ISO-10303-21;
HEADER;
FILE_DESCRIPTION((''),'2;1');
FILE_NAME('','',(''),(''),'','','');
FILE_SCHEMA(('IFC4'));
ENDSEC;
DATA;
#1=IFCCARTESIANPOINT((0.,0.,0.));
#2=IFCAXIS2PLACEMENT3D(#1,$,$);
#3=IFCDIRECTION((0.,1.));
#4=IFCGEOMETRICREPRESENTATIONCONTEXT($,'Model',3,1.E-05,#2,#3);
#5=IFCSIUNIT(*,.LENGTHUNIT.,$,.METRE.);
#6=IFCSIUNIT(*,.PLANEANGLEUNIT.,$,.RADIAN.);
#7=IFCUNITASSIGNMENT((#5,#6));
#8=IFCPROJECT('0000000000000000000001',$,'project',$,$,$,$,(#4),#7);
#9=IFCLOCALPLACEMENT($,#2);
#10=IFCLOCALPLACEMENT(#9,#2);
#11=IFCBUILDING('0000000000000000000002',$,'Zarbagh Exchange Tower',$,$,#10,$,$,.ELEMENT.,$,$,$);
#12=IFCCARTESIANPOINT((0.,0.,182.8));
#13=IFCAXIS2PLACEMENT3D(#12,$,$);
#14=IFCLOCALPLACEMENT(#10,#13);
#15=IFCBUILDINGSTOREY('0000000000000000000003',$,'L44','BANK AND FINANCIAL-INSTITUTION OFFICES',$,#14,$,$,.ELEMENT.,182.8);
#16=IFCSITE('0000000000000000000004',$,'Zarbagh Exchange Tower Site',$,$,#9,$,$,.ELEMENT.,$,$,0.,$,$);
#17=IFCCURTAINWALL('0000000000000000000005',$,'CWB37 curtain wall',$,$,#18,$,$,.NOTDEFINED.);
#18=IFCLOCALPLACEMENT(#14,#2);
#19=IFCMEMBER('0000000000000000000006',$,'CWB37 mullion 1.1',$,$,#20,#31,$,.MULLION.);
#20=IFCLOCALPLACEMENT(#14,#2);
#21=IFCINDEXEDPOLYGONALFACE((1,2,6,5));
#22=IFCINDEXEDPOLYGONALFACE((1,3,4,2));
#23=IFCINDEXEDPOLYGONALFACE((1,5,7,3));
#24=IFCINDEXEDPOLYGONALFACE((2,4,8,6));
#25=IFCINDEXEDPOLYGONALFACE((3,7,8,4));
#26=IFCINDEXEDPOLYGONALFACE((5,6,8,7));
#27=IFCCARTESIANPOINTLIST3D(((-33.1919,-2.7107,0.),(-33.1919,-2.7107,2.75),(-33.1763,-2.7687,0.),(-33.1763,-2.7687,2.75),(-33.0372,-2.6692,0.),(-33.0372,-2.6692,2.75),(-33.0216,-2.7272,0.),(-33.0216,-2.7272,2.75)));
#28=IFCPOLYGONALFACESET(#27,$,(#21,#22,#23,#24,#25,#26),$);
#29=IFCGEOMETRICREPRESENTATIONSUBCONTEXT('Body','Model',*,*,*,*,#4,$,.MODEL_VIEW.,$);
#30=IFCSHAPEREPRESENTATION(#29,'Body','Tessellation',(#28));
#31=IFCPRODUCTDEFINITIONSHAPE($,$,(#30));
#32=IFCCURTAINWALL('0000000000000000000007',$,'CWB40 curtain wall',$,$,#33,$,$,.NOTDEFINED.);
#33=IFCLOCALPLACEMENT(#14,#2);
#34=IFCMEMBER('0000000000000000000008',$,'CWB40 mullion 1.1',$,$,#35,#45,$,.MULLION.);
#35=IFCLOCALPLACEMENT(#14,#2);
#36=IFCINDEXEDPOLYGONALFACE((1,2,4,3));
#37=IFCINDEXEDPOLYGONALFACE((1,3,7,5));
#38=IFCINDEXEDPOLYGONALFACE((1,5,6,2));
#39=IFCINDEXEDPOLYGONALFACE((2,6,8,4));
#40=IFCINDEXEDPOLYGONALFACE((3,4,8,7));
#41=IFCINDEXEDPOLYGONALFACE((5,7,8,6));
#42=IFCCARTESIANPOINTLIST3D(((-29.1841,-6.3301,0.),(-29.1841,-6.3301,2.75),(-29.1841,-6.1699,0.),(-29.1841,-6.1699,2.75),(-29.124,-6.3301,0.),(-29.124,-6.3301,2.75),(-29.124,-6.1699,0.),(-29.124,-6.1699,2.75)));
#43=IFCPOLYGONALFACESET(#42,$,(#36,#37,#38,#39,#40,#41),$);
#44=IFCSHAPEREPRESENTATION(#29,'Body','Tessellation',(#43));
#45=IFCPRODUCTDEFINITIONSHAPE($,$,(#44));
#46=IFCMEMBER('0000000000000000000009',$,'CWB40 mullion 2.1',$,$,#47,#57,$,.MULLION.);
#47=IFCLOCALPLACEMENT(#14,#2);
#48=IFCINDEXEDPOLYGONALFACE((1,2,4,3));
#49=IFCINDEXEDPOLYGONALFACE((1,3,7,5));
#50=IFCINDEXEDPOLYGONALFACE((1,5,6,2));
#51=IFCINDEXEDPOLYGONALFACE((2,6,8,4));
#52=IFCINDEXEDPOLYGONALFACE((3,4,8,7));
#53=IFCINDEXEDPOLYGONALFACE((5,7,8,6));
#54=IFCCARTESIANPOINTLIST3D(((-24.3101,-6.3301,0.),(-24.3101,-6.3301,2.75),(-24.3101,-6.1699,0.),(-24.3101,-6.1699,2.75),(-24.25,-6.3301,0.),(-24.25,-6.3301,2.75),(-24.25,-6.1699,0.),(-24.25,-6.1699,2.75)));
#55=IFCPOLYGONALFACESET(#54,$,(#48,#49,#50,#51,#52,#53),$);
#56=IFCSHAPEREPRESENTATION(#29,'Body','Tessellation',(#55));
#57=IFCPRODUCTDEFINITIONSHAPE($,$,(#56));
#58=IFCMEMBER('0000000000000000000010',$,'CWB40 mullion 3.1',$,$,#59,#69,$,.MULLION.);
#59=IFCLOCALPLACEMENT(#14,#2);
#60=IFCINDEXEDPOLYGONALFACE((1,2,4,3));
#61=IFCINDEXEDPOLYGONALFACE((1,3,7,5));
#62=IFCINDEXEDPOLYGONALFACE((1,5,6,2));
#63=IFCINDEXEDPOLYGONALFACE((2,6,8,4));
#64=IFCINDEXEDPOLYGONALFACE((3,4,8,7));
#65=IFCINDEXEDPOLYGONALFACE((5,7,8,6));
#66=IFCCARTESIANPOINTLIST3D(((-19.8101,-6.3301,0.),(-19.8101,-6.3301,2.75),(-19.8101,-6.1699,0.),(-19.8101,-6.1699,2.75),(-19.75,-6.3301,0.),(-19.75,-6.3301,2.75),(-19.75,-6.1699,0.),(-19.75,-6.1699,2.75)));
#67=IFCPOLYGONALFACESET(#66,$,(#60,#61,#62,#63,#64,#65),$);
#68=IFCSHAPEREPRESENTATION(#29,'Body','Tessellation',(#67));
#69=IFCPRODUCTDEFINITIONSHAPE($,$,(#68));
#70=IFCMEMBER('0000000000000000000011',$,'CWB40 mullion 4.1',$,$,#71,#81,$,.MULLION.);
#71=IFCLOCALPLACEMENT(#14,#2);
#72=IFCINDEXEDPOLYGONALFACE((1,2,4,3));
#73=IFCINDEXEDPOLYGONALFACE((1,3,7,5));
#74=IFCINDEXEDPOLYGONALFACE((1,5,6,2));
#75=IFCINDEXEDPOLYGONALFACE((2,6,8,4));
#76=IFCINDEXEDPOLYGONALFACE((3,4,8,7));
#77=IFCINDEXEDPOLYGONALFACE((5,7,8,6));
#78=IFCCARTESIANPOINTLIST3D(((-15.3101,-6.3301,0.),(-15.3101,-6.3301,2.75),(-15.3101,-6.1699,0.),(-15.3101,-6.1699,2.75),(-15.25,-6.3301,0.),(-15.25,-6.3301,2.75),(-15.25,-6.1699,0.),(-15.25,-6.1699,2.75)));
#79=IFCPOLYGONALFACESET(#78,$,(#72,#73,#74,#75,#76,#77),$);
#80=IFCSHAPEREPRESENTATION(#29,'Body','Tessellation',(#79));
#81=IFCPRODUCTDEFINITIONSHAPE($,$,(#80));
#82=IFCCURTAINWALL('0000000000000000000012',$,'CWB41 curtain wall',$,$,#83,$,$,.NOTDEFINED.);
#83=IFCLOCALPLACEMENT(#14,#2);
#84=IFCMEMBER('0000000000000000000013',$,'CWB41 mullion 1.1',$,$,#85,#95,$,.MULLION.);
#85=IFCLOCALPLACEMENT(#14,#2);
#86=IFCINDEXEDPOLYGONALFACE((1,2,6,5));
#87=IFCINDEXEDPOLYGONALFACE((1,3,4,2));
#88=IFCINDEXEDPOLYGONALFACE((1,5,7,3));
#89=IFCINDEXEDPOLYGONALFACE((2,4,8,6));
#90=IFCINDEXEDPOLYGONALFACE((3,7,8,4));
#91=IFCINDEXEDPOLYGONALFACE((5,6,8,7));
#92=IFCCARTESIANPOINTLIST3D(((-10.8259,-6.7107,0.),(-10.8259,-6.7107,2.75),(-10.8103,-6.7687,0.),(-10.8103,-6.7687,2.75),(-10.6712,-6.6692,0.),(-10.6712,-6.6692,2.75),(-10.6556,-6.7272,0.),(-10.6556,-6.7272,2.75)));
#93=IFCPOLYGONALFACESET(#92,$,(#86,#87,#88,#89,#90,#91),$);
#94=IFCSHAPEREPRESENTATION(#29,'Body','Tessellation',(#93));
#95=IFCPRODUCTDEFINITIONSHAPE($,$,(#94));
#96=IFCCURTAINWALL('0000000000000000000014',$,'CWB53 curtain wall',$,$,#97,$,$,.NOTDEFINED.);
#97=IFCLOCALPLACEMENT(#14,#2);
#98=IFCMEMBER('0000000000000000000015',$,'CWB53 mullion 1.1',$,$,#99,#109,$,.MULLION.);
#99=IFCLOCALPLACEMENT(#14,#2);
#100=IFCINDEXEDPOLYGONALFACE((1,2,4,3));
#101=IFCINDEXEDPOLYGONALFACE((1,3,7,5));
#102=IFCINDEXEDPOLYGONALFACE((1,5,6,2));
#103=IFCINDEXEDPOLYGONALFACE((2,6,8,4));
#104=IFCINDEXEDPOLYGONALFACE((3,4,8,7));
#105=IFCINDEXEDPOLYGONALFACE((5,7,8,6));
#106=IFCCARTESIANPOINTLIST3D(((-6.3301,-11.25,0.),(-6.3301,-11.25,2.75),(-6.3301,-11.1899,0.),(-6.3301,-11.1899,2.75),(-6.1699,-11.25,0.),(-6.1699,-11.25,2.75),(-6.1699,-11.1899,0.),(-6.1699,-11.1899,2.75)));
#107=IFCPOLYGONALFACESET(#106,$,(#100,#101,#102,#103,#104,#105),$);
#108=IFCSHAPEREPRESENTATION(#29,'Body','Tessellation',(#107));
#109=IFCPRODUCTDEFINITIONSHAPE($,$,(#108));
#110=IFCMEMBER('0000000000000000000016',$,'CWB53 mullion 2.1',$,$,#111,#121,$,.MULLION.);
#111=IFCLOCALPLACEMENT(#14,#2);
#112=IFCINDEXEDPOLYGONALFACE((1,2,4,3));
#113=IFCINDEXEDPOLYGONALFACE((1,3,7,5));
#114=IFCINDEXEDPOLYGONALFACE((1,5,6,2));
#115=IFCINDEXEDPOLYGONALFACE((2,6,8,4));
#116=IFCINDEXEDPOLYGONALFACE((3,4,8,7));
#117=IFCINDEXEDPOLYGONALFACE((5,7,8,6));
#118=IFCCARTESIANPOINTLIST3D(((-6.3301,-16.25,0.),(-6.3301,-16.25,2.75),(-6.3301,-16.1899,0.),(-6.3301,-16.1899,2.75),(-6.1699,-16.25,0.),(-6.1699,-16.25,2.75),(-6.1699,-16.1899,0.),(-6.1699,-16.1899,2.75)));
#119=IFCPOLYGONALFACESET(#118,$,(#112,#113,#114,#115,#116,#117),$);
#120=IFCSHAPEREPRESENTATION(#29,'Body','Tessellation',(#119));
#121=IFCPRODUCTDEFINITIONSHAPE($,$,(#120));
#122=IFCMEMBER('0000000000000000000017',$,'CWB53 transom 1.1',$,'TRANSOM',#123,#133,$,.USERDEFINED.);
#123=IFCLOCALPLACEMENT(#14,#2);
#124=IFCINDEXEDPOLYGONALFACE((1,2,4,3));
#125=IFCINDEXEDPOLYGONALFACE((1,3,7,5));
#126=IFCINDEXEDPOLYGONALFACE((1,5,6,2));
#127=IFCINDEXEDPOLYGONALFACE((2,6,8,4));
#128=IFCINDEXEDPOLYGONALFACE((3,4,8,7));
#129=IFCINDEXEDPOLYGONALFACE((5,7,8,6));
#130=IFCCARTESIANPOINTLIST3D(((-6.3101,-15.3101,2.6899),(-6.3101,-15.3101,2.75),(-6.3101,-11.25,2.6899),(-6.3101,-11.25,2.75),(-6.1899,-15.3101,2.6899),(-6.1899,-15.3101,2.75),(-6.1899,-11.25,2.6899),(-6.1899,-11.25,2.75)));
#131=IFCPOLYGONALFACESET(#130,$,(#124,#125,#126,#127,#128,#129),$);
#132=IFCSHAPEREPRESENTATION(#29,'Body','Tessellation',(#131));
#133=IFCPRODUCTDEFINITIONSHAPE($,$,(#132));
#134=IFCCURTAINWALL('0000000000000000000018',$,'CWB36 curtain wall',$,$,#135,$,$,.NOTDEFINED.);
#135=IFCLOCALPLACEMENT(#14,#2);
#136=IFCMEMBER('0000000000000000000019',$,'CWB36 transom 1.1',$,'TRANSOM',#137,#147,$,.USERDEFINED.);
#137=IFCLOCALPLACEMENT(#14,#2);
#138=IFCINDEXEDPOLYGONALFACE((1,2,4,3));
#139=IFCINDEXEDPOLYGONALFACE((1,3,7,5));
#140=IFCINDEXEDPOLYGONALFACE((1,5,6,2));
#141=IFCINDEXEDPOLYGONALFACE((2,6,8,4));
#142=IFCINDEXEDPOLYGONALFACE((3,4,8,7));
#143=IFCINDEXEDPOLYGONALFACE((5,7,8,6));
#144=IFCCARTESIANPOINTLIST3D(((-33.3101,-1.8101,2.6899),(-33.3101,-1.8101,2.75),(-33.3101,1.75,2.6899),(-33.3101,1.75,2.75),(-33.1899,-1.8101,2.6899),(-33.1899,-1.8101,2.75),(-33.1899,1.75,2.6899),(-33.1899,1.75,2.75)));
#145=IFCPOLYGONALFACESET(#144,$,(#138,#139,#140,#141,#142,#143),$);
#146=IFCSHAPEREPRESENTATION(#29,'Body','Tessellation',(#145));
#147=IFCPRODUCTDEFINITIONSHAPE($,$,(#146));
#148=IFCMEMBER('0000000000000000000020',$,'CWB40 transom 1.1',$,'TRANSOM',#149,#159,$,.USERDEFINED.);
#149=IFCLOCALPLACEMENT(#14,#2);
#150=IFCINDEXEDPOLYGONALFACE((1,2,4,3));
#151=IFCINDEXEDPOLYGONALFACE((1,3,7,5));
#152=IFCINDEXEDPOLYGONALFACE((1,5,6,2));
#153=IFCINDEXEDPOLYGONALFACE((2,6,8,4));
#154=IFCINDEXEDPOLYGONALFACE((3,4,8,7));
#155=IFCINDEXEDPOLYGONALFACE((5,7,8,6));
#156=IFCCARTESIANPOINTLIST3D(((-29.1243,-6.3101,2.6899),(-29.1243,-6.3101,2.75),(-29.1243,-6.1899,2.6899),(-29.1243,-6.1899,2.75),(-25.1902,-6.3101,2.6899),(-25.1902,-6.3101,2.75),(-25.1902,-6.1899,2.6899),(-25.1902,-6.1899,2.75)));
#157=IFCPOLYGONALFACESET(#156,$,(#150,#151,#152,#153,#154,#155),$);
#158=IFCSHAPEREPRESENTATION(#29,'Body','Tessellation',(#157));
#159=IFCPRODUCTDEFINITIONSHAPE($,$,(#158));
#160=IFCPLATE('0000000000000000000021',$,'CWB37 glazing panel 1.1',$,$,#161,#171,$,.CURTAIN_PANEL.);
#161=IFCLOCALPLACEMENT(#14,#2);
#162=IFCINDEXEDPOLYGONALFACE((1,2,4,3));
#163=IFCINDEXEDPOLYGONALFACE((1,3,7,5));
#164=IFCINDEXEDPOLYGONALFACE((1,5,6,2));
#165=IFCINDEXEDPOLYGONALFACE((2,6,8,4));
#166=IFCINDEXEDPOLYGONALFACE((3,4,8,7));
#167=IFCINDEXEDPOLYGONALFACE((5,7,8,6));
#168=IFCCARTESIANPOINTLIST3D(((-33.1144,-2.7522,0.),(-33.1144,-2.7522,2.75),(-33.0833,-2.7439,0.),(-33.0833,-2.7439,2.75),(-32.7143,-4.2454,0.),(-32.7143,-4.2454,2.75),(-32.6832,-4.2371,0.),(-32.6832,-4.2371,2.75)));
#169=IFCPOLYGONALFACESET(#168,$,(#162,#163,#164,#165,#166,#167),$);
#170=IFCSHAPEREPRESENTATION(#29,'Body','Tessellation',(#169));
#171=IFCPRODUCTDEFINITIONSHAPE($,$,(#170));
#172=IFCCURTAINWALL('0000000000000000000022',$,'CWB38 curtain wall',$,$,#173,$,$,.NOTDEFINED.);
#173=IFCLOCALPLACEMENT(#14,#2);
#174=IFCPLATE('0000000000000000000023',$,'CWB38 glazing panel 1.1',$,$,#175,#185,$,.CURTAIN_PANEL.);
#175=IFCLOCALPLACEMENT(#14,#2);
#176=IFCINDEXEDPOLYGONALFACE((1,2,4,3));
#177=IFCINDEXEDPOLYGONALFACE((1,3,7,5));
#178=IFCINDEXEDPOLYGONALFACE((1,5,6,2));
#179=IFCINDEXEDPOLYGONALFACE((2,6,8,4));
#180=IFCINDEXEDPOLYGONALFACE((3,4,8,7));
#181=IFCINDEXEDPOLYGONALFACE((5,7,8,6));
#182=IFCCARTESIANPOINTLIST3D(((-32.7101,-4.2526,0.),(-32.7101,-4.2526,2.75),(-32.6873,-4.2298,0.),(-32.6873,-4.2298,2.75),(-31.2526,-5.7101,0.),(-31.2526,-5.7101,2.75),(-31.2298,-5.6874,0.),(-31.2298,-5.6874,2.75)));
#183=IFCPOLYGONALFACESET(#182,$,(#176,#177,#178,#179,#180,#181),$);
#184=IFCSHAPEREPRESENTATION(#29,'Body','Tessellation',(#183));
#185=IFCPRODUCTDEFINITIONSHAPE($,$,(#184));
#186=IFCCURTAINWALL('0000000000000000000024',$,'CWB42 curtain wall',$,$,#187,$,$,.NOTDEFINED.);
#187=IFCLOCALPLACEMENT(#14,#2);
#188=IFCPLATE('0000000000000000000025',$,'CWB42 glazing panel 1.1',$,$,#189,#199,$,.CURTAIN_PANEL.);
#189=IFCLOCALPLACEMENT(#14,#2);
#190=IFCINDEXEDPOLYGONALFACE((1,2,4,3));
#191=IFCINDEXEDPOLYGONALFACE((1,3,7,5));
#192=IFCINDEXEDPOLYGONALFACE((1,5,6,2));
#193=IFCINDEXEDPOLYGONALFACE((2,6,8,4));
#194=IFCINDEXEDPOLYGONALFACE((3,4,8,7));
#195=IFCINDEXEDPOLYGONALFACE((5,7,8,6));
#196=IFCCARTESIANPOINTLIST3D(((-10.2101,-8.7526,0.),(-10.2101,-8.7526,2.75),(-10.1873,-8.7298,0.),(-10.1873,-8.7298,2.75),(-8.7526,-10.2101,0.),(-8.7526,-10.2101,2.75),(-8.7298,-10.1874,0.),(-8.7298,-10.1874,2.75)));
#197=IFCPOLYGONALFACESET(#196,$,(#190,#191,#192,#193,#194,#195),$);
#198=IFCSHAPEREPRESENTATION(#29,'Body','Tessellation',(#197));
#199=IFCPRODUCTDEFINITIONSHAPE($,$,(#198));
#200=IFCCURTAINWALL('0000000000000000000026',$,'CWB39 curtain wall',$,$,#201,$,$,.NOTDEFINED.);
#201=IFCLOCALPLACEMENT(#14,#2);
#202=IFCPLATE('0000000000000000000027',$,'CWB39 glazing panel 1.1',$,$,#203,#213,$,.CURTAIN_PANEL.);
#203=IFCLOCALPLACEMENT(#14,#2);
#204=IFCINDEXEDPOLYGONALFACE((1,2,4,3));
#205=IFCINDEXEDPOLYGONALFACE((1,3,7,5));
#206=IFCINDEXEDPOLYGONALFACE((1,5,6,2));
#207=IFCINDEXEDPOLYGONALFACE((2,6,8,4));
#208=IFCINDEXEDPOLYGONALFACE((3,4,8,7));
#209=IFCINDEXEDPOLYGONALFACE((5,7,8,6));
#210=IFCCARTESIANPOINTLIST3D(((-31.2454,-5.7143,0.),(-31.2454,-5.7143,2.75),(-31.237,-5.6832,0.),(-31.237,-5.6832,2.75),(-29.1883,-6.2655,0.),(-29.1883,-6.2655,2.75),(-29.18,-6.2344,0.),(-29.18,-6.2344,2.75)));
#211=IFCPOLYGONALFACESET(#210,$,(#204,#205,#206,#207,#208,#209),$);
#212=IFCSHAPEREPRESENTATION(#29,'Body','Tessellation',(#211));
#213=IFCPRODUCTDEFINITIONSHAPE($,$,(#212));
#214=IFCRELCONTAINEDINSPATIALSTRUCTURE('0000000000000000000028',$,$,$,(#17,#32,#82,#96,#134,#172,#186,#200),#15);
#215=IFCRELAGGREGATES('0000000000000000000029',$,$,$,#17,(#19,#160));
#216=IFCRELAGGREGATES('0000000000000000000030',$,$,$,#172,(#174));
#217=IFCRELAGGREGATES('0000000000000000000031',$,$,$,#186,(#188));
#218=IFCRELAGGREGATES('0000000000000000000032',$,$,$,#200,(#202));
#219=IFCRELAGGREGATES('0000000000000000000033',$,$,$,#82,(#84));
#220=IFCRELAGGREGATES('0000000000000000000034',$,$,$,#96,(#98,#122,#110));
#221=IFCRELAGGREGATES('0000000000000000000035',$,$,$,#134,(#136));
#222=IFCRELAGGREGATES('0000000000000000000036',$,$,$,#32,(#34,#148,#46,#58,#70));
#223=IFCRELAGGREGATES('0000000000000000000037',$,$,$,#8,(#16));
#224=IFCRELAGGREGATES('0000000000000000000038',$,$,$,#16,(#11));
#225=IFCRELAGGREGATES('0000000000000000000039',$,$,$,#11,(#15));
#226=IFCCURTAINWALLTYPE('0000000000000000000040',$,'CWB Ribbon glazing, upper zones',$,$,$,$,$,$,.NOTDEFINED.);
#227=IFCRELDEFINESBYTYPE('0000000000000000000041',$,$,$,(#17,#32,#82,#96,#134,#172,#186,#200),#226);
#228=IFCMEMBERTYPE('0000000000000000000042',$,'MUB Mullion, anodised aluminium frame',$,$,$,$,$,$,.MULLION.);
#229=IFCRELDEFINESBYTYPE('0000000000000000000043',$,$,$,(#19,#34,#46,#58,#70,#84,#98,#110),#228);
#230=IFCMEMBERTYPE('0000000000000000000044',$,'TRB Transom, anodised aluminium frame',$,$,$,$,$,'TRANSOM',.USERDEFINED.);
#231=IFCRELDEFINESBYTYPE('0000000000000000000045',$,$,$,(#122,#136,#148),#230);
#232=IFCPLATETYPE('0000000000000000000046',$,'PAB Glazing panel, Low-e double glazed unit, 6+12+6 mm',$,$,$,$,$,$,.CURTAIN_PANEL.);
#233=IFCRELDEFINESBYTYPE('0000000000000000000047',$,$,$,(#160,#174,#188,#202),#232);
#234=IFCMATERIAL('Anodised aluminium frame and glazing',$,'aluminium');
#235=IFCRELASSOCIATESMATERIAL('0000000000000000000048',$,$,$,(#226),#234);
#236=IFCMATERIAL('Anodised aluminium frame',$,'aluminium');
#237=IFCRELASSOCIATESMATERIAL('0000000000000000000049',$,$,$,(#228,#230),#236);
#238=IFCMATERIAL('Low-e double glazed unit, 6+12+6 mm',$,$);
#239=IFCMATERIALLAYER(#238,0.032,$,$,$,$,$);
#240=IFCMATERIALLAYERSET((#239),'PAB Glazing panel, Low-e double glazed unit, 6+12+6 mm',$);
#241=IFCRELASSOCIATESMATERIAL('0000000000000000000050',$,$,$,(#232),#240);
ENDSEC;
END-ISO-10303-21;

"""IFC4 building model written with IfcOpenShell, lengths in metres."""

from ifc_helpers import new_model, si_unit, direction, frame, origin, place, context, subcontext, project, spatial, polyline, outline, extrude, source, transform, mapped, material, layer, layer_set, type_object, element, aggregate, save


model = new_model("IFC4")

# Units and contexts
model_context = context("Model", 3, precision=1e-05, world=origin(), true_north=direction((0.0, 1.0)))
body_context = subcontext(model_context, "Body", "Model", "MODEL_VIEW")
ifc_project = project(units=[si_unit("LENGTHUNIT", "METRE"), si_unit("PLANEANGLEUNIT", "RADIAN")], contexts=[model_context])

# Site, building, storey
site_placement = place(None, origin())
site = spatial("IfcSite", under=ifc_project, at=site_placement, Name="Zarbagh Exchange Tower Site", CompositionType="ELEMENT", RefElevation=0.0)
building_placement = place(site_placement, origin())
building = spatial("IfcBuilding", under=site, at=building_placement, Name="Zarbagh Exchange Tower", CompositionType="ELEMENT")
storey_placement = place(building_placement, frame((0.0, 0.0, 182.8)))
storey = spatial("IfcBuildingStorey", under=building, at=storey_placement, Name="L44", Description="BANK AND FINANCIAL-INSTITUTION OFFICES", CompositionType="ELEMENT", Elevation=182.8)

# Curtain wall, member
ifc_material_1 = material(Name="Anodised aluminium frame and glazing", Category="aluminium")
curtain_wall_type = type_object("IfcCurtainWallType", Name="CWB Ribbon glazing, upper zones", PredefinedType="NOTDEFINED", material=ifc_material_1)
curtain_wall_1_placement = place(storey_placement, origin())
curtain_wall_1 = element("IfcCurtainWall", 1, at=curtain_wall_1_placement, inside=storey, type_object=curtain_wall_type, Name="CWB37 curtain wall", PredefinedType="NOTDEFINED")
ifc_material_2 = material(Name="Anodised aluminium frame", Category="aluminium")
member_type_1 = type_object("IfcMemberType", Name="MUB Mullion, anodised aluminium frame", PredefinedType="MULLION", material=ifc_material_2)
shared_shape_1 = source(origin(), body_context, "Body", "SweptSolid", [
    extrude(outline(polyline([(0.0, -0.0801), (0.0601, -0.0801), (0.0601, 0.0801), (0.0, 0.0801), (0.0, -0.0801)])), origin(), (0.0, 0.0, 1.0), 2.75),
])
placement = place(storey_placement, origin())
member_1 = element("IfcMember", 2, at=placement, type_object=member_type_1, Name="CWB37 mullion 1.1", PredefinedType="MULLION", context=body_context, shape_type="MappedRepresentation", body=[
    mapped(shared_shape_1, transform((-33.1145, -2.6899, 0.0), x_axis=(0.258825, -0.965924, 0.0), y_axis=(0.965924, 0.258825, 0.0), z_axis=(0.0, 0.0, 1.0))),
])

# Curtain wall, members
curtain_wall_2_placement = place(storey_placement, origin())
curtain_wall_2 = element("IfcCurtainWall", 3, at=curtain_wall_2_placement, inside=storey, type_object=curtain_wall_type, Name="CWB40 curtain wall", PredefinedType="NOTDEFINED")
member_2 = element("IfcMember", 4, at=placement, type_object=member_type_1, Name="CWB40 mullion 1.1", PredefinedType="MULLION", context=body_context, shape_type="MappedRepresentation", body=[
    mapped(shared_shape_1, transform((-29.1841, -6.25, 0.0), x_axis=(1.0, 0.0, 0.0), y_axis=(0.0, 1.0, 0.0), z_axis=(0.0, 0.0, 1.0))),
])
member_3 = element("IfcMember", 5, at=placement, type_object=member_type_1, Name="CWB40 mullion 2.1", PredefinedType="MULLION", context=body_context, shape_type="MappedRepresentation", body=[
    mapped(shared_shape_1, transform((-24.3101, -6.25, 0.0), x_axis=(1.0, 0.0, 0.0), y_axis=(0.0, 1.0, 0.0), z_axis=(0.0, 0.0, 1.0))),
])
member_4 = element("IfcMember", 6, at=placement, type_object=member_type_1, Name="CWB40 mullion 3.1", PredefinedType="MULLION", context=body_context, shape_type="MappedRepresentation", body=[
    mapped(shared_shape_1, transform((-19.8101, -6.25, 0.0), x_axis=(1.0, 0.0, 0.0), y_axis=(0.0, 1.0, 0.0), z_axis=(0.0, 0.0, 1.0))),
])
member_5 = element("IfcMember", 7, at=placement, type_object=member_type_1, Name="CWB40 mullion 4.1", PredefinedType="MULLION", context=body_context, shape_type="MappedRepresentation", body=[
    mapped(shared_shape_1, transform((-15.3101, -6.25, 0.0), x_axis=(1.0, 0.0, 0.0), y_axis=(0.0, 1.0, 0.0), z_axis=(0.0, 0.0, 1.0))),
])

# Curtain wall, member
curtain_wall_3_placement = place(storey_placement, origin())
curtain_wall_3 = element("IfcCurtainWall", 8, at=curtain_wall_3_placement, inside=storey, type_object=curtain_wall_type, Name="CWB41 curtain wall", PredefinedType="NOTDEFINED")
member_6 = element("IfcMember", 9, at=placement, type_object=member_type_1, Name="CWB41 mullion 1.1", PredefinedType="MULLION", context=body_context, shape_type="MappedRepresentation", body=[
    mapped(shared_shape_1, transform((-10.7485, -6.6899, 0.0), x_axis=(0.258825, -0.965924, 0.0), y_axis=(0.965924, 0.258825, 0.0), z_axis=(0.0, 0.0, 1.0))),
])

# Curtain wall, members
curtain_wall_4_placement = place(storey_placement, origin())
curtain_wall_4 = element("IfcCurtainWall", 10, at=curtain_wall_4_placement, inside=storey, type_object=curtain_wall_type, Name="CWB53 curtain wall", PredefinedType="NOTDEFINED")
member_7 = element("IfcMember", 11, at=placement, type_object=member_type_1, Name="CWB53 mullion 1.1", PredefinedType="MULLION", context=body_context, shape_type="MappedRepresentation", body=[
    mapped(shared_shape_1, transform((-6.25, -11.1899, 0.0), x_axis=(0.0, -1.0, 0.0), y_axis=(1.0, 0.0, 0.0), z_axis=(0.0, 0.0, 1.0))),
])
member_8 = element("IfcMember", 12, at=placement, type_object=member_type_1, Name="CWB53 mullion 2.1", PredefinedType="MULLION", context=body_context, shape_type="MappedRepresentation", body=[
    mapped(shared_shape_1, transform((-6.25, -16.1899, 0.0), x_axis=(0.0, -1.0, 0.0), y_axis=(1.0, 0.0, 0.0), z_axis=(0.0, 0.0, 1.0))),
])
member_type_2 = type_object("IfcMemberType", Name="TRB Transom, anodised aluminium frame", ElementType="TRANSOM", PredefinedType="USERDEFINED", material=ifc_material_2)
shared_shape_2 = source(origin(), body_context, "Body", "SweptSolid", [
    extrude(outline(polyline([(-0.0601, -0.0601), (0.0, -0.0601), (0.0, 0.0601), (-0.0601, 0.0601), (-0.0601, -0.0601)])), origin(), (0.0, 0.0, 1.0), 4.0601),
])
member_9 = element("IfcMember", 13, at=placement, type_object=member_type_2, Name="CWB53 transom 1.1", ObjectType="TRANSOM", PredefinedType="USERDEFINED", context=body_context, shape_type="MappedRepresentation", body=[
    mapped(shared_shape_2, transform((-6.25, -11.25, 2.75), x_axis=(0.0, 0.0, 1.0), y_axis=(-1.0, 0.0, 0.0), z_axis=(0.0, -1.0, 0.0))),
])

# Curtain wall, member
curtain_wall_5_placement = place(storey_placement, origin())
curtain_wall_5 = element("IfcCurtainWall", 14, at=curtain_wall_5_placement, inside=storey, type_object=curtain_wall_type, Name="CWB36 curtain wall", PredefinedType="NOTDEFINED")
shared_shape_3 = source(origin(), body_context, "Body", "SweptSolid", [
    extrude(outline(polyline([(-0.0601, -0.0601), (0.0, -0.0601), (0.0, 0.0601), (-0.0601, 0.0601), (-0.0601, -0.0601)])), origin(), (0.0, 0.0, 1.0), 3.5601),
])
member_10 = element("IfcMember", 15, at=placement, type_object=member_type_2, Name="CWB36 transom 1.1", ObjectType="TRANSOM", PredefinedType="USERDEFINED", context=body_context, shape_type="MappedRepresentation", body=[
    mapped(shared_shape_3, transform((-33.25, 1.75, 2.75), x_axis=(0.0, 0.0, 1.0), y_axis=(-1.0, 0.0, 0.0), z_axis=(0.0, -1.0, 0.0))),
])

# Member
shared_shape_4 = source(origin(), body_context, "Body", "SweptSolid", [
    extrude(outline(polyline([(-0.0601, -0.0601), (0.0, -0.0601), (0.0, 0.0601), (-0.0601, 0.0601), (-0.0601, -0.0601)])), origin(), (0.0, 0.0, 1.0), 3.9341),
])
member_11 = element("IfcMember", 16, at=placement, type_object=member_type_2, Name="CWB40 transom 1.1", ObjectType="TRANSOM", PredefinedType="USERDEFINED", context=body_context, shape_type="MappedRepresentation", body=[
    mapped(shared_shape_4, transform((-29.1243, -6.25, 2.75), x_axis=(0.0, 0.0, 1.0), y_axis=(0.0, -1.0, 0.0), z_axis=(1.0, 0.0, 0.0))),
])

# Plate
ifc_material_3 = material(Name="Low-e double glazed unit, 6+12+6 mm")
ifc_layer = layer(ifc_material_3, 0.032)
ifc_layer_set = layer_set([ifc_layer], Name="PAB Glazing panel, Low-e double glazed unit, 6+12+6 mm")
plate_type = type_object("IfcPlateType", Name="PAB Glazing panel, Low-e double glazed unit, 6+12+6 mm", PredefinedType="CURTAIN_PANEL", material=ifc_layer_set)
shared_shape_5 = source(origin(), body_context, "Body", "SweptSolid", [
    extrude(outline(polyline([(0.0, -0.0161), (1.5459, -0.0161), (1.5459, 0.0161), (0.0, 0.0161), (0.0, -0.0161)])), origin(), (0.0, 0.0, 1.0), 2.75),
])
plate_1 = element("IfcPlate", 17, at=placement, type_object=plate_type, Name="CWB37 glazing panel 1.1", PredefinedType="CURTAIN_PANEL", context=body_context, shape_type="MappedRepresentation", body=[
    mapped(shared_shape_5, transform((-33.0989, -2.748, 0.0), x_axis=(0.258825, -0.965924, 0.0), y_axis=(0.965924, 0.258825, 0.0), z_axis=(0.0, 0.0, 1.0))),
])
aggregate(curtain_wall_1, [member_1, plate_1])

# Curtain walls, plates
curtain_wall_6_placement = place(storey_placement, origin())
curtain_wall_6 = element("IfcCurtainWall", 18, at=curtain_wall_6_placement, inside=storey, type_object=curtain_wall_type, Name="CWB38 curtain wall", PredefinedType="NOTDEFINED")
shared_shape_6 = source(origin(), body_context, "Body", "SweptSolid", [
    extrude(outline(polyline([(0.0, -0.0161), (2.0613, -0.0161), (2.0613, 0.0161), (0.0, 0.0161), (0.0, -0.0161)])), origin(), (0.0, 0.0, 1.0), 2.75),
])
plate_2 = element("IfcPlate", 19, at=placement, type_object=plate_type, Name="CWB38 glazing panel 1.1", PredefinedType="CURTAIN_PANEL", context=body_context, shape_type="MappedRepresentation", body=[
    mapped(shared_shape_6, transform((-32.6987, -4.2412, 0.0), x_axis=(0.707107, -0.707107, 0.0), y_axis=(0.707107, 0.707107, 0.0), z_axis=(0.0, 0.0, 1.0))),
])
aggregate(curtain_wall_6, [plate_2])
curtain_wall_7_placement = place(storey_placement, origin())
curtain_wall_7 = element("IfcCurtainWall", 20, at=curtain_wall_7_placement, inside=storey, type_object=curtain_wall_type, Name="CWB42 curtain wall", PredefinedType="NOTDEFINED")
plate_3 = element("IfcPlate", 21, at=placement, type_object=plate_type, Name="CWB42 glazing panel 1.1", PredefinedType="CURTAIN_PANEL", context=body_context, shape_type="MappedRepresentation", body=[
    mapped(shared_shape_6, transform((-10.1987, -8.7412, 0.0), x_axis=(0.707107, -0.707107, 0.0), y_axis=(0.707107, 0.707107, 0.0), z_axis=(0.0, 0.0, 1.0))),
])
aggregate(curtain_wall_7, [plate_3])
curtain_wall_8_placement = place(storey_placement, origin())
curtain_wall_8 = element("IfcCurtainWall", 22, at=curtain_wall_8_placement, inside=storey, type_object=curtain_wall_type, Name="CWB39 curtain wall", PredefinedType="NOTDEFINED")
shared_shape_7 = source(origin(), body_context, "Body", "SweptSolid", [
    extrude(outline(polyline([(0.0, -0.0161), (2.1296, -0.0161), (2.1296, 0.0161), (0.0, 0.0161), (0.0, -0.0161)])), origin(), (0.0, 0.0, 1.0), 2.75),
])
plate_4 = element("IfcPlate", 23, at=placement, type_object=plate_type, Name="CWB39 glazing panel 1.1", PredefinedType="CURTAIN_PANEL", context=body_context, shape_type="MappedRepresentation", body=[
    mapped(shared_shape_7, transform((-31.2412, -5.6987, 0.0), x_axis=(0.965924, -0.258825, 0.0), y_axis=(0.258825, 0.965924, 0.0), z_axis=(0.0, 0.0, 1.0))),
])
aggregate(curtain_wall_8, [plate_4])

aggregate(curtain_wall_3, [member_6])

aggregate(curtain_wall_4, [member_7, member_9, member_8])
aggregate(curtain_wall_5, [member_10])
aggregate(curtain_wall_2, [member_2, member_11, member_3, member_4, member_5])

save(model, "model.ifc")
